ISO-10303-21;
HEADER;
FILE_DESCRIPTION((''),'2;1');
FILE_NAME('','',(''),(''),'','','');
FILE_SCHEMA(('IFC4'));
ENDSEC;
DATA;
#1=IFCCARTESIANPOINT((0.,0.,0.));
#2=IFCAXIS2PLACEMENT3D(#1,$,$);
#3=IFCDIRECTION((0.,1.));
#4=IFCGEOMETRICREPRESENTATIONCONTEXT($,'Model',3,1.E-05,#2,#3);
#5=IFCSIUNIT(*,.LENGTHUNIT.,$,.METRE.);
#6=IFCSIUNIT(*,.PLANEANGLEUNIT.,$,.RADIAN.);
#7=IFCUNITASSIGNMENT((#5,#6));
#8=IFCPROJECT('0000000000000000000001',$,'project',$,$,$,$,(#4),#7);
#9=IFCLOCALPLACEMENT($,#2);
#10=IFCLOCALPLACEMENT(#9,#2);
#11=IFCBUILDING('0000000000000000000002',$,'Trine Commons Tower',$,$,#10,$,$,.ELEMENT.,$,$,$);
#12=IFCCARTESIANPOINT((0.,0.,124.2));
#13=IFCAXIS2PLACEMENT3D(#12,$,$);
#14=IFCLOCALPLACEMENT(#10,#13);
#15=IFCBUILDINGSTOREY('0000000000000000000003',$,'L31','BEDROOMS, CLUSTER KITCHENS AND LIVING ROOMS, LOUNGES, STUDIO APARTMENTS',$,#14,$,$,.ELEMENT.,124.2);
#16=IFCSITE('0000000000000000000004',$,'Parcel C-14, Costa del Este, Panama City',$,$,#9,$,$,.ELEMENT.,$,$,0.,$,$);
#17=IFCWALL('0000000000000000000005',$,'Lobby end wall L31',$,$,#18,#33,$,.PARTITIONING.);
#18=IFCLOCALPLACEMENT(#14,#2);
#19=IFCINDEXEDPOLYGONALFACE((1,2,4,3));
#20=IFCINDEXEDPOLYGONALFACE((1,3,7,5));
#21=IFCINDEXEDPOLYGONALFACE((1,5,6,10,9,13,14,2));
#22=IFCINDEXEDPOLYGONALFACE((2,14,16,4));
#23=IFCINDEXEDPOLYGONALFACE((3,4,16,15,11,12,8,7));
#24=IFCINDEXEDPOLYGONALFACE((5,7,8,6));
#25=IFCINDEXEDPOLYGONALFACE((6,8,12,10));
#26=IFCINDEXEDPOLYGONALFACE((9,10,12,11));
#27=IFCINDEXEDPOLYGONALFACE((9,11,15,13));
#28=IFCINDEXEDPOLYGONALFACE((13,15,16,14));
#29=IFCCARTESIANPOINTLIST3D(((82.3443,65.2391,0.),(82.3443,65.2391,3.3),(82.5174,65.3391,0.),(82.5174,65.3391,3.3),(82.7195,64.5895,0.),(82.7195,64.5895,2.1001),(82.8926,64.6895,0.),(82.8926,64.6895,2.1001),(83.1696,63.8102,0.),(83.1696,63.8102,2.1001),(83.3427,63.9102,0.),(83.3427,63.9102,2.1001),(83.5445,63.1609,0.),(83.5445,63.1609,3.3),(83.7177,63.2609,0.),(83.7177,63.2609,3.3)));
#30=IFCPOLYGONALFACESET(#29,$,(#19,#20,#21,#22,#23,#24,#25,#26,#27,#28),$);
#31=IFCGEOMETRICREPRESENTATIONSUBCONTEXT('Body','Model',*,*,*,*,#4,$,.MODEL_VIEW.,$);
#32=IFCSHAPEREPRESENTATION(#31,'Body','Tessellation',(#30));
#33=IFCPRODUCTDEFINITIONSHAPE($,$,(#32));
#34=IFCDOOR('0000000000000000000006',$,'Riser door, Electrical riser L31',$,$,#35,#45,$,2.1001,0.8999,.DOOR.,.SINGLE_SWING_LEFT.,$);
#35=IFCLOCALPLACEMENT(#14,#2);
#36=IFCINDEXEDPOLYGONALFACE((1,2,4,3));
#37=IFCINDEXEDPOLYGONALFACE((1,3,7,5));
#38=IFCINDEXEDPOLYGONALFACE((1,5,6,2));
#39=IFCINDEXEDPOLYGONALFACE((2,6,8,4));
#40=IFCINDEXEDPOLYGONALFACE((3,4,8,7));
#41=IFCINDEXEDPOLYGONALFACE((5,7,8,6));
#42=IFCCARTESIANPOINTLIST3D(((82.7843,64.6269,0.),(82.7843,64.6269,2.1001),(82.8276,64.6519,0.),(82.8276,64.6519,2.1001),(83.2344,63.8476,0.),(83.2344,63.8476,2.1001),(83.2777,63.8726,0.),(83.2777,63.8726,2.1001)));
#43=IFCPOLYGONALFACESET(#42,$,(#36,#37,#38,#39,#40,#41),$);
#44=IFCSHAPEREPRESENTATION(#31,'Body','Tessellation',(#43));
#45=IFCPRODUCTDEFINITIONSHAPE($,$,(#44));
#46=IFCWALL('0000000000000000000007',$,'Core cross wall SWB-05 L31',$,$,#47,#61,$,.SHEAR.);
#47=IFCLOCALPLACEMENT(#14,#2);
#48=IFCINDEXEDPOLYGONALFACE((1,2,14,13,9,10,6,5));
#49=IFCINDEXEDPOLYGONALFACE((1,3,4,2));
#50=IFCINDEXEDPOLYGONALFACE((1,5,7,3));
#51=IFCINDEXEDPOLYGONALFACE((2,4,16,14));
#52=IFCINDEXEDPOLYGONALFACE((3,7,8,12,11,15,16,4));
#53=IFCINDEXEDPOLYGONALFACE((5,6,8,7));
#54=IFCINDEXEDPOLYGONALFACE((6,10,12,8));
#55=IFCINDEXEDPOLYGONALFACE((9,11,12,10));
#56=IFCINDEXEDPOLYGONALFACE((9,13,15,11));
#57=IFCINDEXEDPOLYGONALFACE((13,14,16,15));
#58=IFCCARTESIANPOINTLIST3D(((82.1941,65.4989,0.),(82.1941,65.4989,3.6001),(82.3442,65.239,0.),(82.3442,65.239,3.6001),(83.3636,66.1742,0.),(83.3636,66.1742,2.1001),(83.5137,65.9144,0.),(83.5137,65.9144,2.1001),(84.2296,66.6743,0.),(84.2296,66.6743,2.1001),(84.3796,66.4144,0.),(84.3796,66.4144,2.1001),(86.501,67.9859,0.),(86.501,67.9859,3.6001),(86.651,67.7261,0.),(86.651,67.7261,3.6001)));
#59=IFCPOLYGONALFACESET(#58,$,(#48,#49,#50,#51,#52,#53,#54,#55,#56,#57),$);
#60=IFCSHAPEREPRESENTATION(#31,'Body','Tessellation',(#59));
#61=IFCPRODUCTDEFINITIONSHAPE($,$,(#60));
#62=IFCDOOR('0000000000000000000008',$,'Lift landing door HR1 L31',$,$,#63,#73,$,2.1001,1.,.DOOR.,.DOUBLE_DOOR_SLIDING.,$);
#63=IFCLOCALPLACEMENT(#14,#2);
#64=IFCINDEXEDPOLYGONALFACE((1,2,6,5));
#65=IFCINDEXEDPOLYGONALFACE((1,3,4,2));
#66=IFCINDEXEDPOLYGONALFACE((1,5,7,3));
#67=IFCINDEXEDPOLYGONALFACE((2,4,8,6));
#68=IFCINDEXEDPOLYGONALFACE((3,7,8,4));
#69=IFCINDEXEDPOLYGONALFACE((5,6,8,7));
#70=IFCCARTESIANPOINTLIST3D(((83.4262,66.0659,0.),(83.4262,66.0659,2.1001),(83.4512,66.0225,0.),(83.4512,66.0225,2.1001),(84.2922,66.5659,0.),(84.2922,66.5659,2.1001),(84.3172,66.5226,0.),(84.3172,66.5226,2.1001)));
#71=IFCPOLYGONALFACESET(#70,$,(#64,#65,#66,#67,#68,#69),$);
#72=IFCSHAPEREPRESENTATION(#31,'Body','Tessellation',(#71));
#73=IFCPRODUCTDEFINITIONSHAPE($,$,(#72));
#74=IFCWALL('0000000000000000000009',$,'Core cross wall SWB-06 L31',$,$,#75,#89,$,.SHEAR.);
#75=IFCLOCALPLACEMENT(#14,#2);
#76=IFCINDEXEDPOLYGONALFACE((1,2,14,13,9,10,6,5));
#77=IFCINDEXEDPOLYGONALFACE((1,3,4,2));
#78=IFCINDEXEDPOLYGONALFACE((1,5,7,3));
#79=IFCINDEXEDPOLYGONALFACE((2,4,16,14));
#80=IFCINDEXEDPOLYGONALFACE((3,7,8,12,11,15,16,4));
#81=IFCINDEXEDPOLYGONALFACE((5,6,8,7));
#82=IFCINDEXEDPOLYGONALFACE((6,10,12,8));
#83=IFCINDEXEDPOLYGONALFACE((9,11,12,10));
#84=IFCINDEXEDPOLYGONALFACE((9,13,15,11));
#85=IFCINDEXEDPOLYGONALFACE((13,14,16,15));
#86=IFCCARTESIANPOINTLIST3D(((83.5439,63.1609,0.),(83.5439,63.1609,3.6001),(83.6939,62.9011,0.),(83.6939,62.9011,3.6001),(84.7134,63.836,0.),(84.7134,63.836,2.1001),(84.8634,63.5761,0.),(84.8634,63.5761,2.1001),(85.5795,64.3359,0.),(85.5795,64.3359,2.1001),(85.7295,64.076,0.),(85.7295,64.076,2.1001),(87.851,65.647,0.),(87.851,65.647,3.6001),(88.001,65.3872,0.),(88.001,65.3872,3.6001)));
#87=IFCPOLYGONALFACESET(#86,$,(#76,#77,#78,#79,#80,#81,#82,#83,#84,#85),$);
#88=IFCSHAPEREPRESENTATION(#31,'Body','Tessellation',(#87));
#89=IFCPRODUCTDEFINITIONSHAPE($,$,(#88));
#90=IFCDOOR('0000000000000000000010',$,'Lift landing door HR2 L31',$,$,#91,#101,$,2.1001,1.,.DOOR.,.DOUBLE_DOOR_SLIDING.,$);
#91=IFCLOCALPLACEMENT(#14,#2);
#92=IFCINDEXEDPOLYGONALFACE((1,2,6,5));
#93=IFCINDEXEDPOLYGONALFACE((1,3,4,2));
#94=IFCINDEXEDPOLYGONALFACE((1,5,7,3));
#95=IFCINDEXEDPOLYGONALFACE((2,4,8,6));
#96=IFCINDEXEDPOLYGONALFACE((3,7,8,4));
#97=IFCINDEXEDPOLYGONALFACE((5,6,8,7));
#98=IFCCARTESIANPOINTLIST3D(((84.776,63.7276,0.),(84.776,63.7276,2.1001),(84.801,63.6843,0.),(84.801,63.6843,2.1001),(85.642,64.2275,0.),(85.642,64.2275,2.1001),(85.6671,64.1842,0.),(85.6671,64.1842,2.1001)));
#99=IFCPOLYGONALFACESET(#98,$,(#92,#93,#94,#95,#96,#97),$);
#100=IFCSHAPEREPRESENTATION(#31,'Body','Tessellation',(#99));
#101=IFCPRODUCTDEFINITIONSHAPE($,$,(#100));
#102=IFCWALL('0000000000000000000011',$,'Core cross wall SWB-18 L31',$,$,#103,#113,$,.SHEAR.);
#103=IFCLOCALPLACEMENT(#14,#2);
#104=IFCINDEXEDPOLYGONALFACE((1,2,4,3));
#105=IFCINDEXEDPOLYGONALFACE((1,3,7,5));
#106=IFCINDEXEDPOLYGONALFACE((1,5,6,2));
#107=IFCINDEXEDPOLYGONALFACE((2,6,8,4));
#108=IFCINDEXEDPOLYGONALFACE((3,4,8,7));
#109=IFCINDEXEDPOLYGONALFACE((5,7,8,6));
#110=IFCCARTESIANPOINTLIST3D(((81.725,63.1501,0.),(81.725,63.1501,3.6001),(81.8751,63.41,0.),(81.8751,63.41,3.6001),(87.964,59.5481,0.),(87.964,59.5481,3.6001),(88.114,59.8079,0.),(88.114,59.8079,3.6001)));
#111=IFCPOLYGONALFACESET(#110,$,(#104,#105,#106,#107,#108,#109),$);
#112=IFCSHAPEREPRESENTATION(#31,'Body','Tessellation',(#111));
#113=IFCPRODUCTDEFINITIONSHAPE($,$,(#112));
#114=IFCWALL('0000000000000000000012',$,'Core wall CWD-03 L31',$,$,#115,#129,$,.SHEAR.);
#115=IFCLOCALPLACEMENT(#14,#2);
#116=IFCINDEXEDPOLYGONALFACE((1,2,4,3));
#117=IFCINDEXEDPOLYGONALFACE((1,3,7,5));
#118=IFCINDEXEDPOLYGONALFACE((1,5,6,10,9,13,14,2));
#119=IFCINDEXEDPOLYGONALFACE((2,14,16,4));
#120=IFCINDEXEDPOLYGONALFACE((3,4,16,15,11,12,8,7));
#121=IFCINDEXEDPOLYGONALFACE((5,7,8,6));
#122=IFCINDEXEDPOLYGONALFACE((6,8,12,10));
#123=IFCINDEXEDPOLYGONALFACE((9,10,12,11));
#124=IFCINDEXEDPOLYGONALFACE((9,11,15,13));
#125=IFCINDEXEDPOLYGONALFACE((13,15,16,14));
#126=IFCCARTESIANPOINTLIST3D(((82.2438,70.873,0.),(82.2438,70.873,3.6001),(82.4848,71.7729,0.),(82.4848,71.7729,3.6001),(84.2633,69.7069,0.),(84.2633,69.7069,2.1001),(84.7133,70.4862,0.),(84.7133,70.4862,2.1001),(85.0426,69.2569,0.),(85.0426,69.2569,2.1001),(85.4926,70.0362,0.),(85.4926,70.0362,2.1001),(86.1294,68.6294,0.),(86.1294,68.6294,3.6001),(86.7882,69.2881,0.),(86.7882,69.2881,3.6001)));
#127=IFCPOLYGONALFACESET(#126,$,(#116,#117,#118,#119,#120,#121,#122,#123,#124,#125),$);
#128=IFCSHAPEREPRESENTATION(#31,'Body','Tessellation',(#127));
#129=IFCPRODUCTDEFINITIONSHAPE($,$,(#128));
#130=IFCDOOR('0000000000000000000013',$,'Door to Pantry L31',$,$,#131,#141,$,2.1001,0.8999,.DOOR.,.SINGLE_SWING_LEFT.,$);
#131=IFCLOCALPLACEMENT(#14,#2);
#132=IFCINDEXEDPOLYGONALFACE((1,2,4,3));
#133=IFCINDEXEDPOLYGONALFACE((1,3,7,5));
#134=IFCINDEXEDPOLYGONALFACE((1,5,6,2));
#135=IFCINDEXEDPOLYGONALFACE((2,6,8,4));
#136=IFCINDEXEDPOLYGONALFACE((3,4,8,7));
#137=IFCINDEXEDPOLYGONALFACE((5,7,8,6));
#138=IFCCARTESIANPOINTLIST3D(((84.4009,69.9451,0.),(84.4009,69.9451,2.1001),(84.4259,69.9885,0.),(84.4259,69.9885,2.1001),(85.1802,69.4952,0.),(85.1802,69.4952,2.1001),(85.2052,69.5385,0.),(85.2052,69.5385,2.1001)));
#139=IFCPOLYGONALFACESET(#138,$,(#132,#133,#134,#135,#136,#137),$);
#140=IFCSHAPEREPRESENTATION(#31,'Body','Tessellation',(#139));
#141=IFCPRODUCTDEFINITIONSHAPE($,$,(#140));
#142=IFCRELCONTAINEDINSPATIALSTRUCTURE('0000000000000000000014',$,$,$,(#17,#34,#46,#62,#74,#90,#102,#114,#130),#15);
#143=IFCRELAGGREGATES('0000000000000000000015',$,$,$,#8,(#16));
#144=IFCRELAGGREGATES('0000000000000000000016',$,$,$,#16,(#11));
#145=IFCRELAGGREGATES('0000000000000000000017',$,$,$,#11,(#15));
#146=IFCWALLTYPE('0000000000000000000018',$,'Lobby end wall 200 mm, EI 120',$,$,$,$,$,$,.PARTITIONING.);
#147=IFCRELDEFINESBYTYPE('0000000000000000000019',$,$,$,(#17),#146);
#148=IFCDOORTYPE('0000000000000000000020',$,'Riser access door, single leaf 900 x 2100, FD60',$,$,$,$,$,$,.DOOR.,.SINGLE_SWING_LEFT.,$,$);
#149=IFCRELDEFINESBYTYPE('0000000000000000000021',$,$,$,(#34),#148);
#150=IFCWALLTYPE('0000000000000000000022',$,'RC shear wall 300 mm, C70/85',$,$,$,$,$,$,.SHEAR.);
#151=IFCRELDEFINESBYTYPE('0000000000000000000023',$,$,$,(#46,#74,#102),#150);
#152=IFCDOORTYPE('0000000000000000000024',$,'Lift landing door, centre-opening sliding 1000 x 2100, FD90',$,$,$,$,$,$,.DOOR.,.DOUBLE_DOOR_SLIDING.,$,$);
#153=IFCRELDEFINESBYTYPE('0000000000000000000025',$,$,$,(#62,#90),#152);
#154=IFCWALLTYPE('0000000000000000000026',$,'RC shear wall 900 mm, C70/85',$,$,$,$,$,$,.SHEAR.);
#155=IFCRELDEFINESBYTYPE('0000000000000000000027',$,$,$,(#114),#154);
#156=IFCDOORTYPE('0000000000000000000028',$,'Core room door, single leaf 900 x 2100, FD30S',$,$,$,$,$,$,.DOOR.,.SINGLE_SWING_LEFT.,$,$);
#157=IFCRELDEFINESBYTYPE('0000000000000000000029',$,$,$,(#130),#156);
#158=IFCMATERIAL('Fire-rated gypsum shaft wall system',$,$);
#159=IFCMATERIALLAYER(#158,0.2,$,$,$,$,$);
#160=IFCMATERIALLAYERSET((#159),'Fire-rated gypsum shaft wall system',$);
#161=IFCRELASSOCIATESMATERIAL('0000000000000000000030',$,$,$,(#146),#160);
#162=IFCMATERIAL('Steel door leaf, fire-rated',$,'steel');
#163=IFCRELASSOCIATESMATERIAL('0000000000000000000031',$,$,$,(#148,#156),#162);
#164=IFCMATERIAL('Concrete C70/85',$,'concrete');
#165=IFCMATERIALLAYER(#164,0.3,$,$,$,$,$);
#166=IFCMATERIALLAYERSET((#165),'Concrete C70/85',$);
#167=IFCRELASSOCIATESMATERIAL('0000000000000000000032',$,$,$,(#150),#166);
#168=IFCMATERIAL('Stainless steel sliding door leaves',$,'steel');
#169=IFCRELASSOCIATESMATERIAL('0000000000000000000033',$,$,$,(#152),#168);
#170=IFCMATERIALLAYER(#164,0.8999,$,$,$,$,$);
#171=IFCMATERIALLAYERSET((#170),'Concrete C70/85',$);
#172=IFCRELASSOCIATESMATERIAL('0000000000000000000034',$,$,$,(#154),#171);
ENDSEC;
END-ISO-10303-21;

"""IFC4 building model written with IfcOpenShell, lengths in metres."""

from ifc_helpers import new_model, si_unit, direction, frame, frame_2d, origin, place, context, subcontext, project, spatial, polyline, rectangle, outline, extrude, material, layer, layer_set, type_object, element, fill, save


model = new_model("IFC4")

# Units and contexts
model_context = context("Model", 3, precision=1e-05, world=origin(), true_north=direction((0.0, 1.0)))
body_context = subcontext(model_context, "Body", "Model", "MODEL_VIEW")
ifc_project = project(units=[si_unit("LENGTHUNIT", "METRE"), si_unit("PLANEANGLEUNIT", "RADIAN")], contexts=[model_context])

# Site, building, storey
site_placement = place(None, origin())
site = spatial("IfcSite", under=ifc_project, at=site_placement, Name="Parcel C-14, Costa del Este, Panama City", CompositionType="ELEMENT", RefElevation=0.0)
building_placement = place(site_placement, origin())
building = spatial("IfcBuilding", under=site, at=building_placement, Name="Trine Commons Tower", CompositionType="ELEMENT")
storey_placement = place(building_placement, frame((0.0, 0.0, 124.2)))
storey = spatial("IfcBuildingStorey", under=building, at=storey_placement, Name="L31", Description="BEDROOMS, CLUSTER KITCHENS AND LIVING ROOMS, LOUNGES, STUDIO APARTMENTS", CompositionType="ELEMENT", Elevation=124.2)

# Walls, openings, doors
ifc_material_1 = material(Name="Fire-rated gypsum shaft wall system")
ifc_layer_1 = layer(ifc_material_1, 0.2)
ifc_layer_set_1 = layer_set([ifc_layer_1], Name="Fire-rated gypsum shaft wall system")
wall_type_1 = type_object("IfcWallType", Name="Lobby end wall 200 mm, EI 120", PredefinedType="PARTITIONING", material=ifc_layer_set_1)
wall_1_placement = place(storey_placement, frame((83.6311, 63.2109, 0.0), z_axis=(0.0, 0.0, 1.0), x_axis=(-0.500122, 0.865955, 0.0)))
wall_1 = element("IfcWall", 1, at=wall_1_placement, inside=storey, type_object=wall_type_1, Name="Lobby end wall L31", PredefinedType="PARTITIONING", context=body_context, shape_type="SweptSolid", body=[
    extrude(rectangle(XDim=2.3999, YDim=0.2, at=frame_2d((1.2, 0.0))), origin(), (0.0, 0.0, 1.0), 3.3),
])
opening_1_placement = place(wall_1_placement, frame((0.7498, 0.0, 0.0)))
opening_1 = element("IfcOpeningElement", 2, at=opening_1_placement, cuts=wall_1, PredefinedType="OPENING", context=body_context, shape_type="SweptSolid", body=[
    extrude(rectangle(XDim=0.8999, YDim=2.1001, at=frame_2d((0.45, 1.05))), frame((0.0, 0.1099, 0.0), z_axis=(0.0, -1.0, 0.0), x_axis=(1.0, 0.0, 0.0)), (0.0, 0.0, 1.0), 0.22),
])
ifc_material_2 = material(Name="Steel door leaf, fire-rated", Category="steel")
door_type_1 = type_object("IfcDoorType", Name="Riser access door, single leaf 900 x 2100, FD60", OperationType="SINGLE_SWING_LEFT", PredefinedType="DOOR", material=ifc_material_2)
door_1_placement = place(opening_1_placement, frame((0.8999, 0.0, 0.0), z_axis=(0.0, 0.0, 1.0), x_axis=(-1.0, 0.0, 0.0)))
door_1 = element("IfcDoor", 3, at=door_1_placement, inside=storey, type_object=door_type_1, Name="Riser door, Electrical riser L31", OperationType="SINGLE_SWING_LEFT", OverallHeight=2.1001, OverallWidth=0.8999, PredefinedType="DOOR", context=body_context, shape_type="SweptSolid", body=[
    extrude(rectangle(XDim=0.8999, YDim=2.1001, at=frame_2d((0.45, 1.05))), frame((0.0, 0.0249, 0.0), z_axis=(0.0, -1.0, 0.0), x_axis=(1.0, 0.0, 0.0)), (0.0, 0.0, 1.0), 0.05),
])
fill(opening_1, door_1)
ifc_material_3 = material(Name="Concrete C70/85", Category="concrete")
ifc_layer_2 = layer(ifc_material_3, 0.3)
ifc_layer_set_2 = layer_set([ifc_layer_2], Name="Concrete C70/85")
wall_type_2 = type_object("IfcWallType", Name="RC shear wall 300 mm, C70/85", PredefinedType="SHEAR", material=ifc_layer_set_2)
wall_2_placement = place(storey_placement, frame((82.269, 65.3689, 0.0), z_axis=(0.0, 0.0, 1.0), x_axis=(0.865984, 0.500072, 0.0)))
wall_2 = element("IfcWall", 4, at=wall_2_placement, inside=storey, type_object=wall_type_2, Name="Core cross wall SWB-05 L31", PredefinedType="SHEAR", context=body_context, shape_type="SweptSolid", body=[
    extrude(rectangle(XDim=4.9734, YDim=0.3, at=frame_2d((2.4868, 0.0))), origin(), (0.0, 0.0, 1.0), 3.6001),
])
opening_2_placement = place(wall_2_placement, frame((1.3506, 0.0, 0.0)))
opening_2 = element("IfcOpeningElement", 5, at=opening_2_placement, cuts=wall_2, PredefinedType="OPENING", context=body_context, shape_type="SweptSolid", body=[
    extrude(rectangle(XDim=1.0, YDim=2.1001, at=frame_2d((0.5, 1.05))), frame((0.0, 0.1599, 0.0), z_axis=(0.0, -1.0, 0.0), x_axis=(1.0, 0.0, 0.0)), (0.0, 0.0, 1.0), 0.3201),
])
ifc_material_4 = material(Name="Stainless steel sliding door leaves", Category="steel")
door_type_2 = type_object("IfcDoorType", Name="Lift landing door, centre-opening sliding 1000 x 2100, FD90", OperationType="DOUBLE_DOOR_SLIDING", PredefinedType="DOOR", material=ifc_material_4)
door_2_placement = place(opening_2_placement, origin())
door_2 = element("IfcDoor", 6, at=door_2_placement, inside=storey, type_object=door_type_2, Name="Lift landing door HR1 L31", OperationType="DOUBLE_DOOR_SLIDING", OverallHeight=2.1001, OverallWidth=1.0, PredefinedType="DOOR", context=body_context, shape_type="SweptSolid", body=[
    extrude(rectangle(XDim=1.0, YDim=2.1001, at=frame_2d((0.5, 1.05))), frame((0.0, 0.0249, 0.0), z_axis=(0.0, -1.0, 0.0), x_axis=(1.0, 0.0, 0.0)), (0.0, 0.0, 1.0), 0.05),
])
fill(opening_2, door_2)
wall_3_placement = place(storey_placement, frame((83.6189, 63.031, 0.0), z_axis=(0.0, 0.0, 1.0), x_axis=(0.866081, 0.499904, 0.0)))
wall_3 = element("IfcWall", 7, at=wall_3_placement, inside=storey, type_object=wall_type_2, Name="Core cross wall SWB-06 L31", PredefinedType="SHEAR", context=body_context, shape_type="SweptSolid", body=[
    extrude(rectangle(XDim=4.9731, YDim=0.3, at=frame_2d((2.4866, 0.0))), origin(), (0.0, 0.0, 1.0), 3.6001),
])
opening_3_placement = place(wall_3_placement, frame((1.3503, 0.0, 0.0)))
opening_3 = element("IfcOpeningElement", 8, at=opening_3_placement, cuts=wall_3, PredefinedType="OPENING", context=body_context, shape_type="SweptSolid", body=[
    extrude(rectangle(XDim=1.0, YDim=2.1001, at=frame_2d((0.5, 1.05))), frame((0.0, 0.1599, 0.0), z_axis=(0.0, -1.0, 0.0), x_axis=(1.0, 0.0, 0.0)), (0.0, 0.0, 1.0), 0.3201),
])
door_3_placement = place(opening_3_placement, origin())
door_3 = element("IfcDoor", 9, at=door_3_placement, inside=storey, type_object=door_type_2, Name="Lift landing door HR2 L31", OperationType="DOUBLE_DOOR_SLIDING", OverallHeight=2.1001, OverallWidth=1.0, PredefinedType="DOOR", context=body_context, shape_type="SweptSolid", body=[
    extrude(rectangle(XDim=1.0, YDim=2.1001, at=frame_2d((0.5, 1.05))), frame((0.0, 0.0249, 0.0), z_axis=(0.0, -1.0, 0.0), x_axis=(1.0, 0.0, 0.0)), (0.0, 0.0, 1.0), 0.05),
])
fill(opening_3, door_3)

# Wall
wall_4_placement = place(storey_placement, frame((81.8, 63.28, 0.0), z_axis=(0.0, 0.0, 1.0), x_axis=(0.866028, -0.499995, 0.0)))
element("IfcWall", 10, at=wall_4_placement, inside=storey, type_object=wall_type_2, Name="Core cross wall SWB-18 L31", PredefinedType="SHEAR", context=body_context, shape_type="SweptSolid", body=[
    extrude(rectangle(XDim=7.2041, YDim=0.3, at=frame_2d((3.6021, 0.0))), origin(), (0.0, 0.0, 1.0), 3.6001),
])

# Wall, opening, door
ifc_layer_3 = layer(ifc_material_3, 0.8999)
ifc_layer_set_3 = layer_set([ifc_layer_3], Name="Concrete C70/85")
wall_type_3 = type_object("IfcWallType", Name="RC shear wall 900 mm, C70/85", PredefinedType="SHEAR", material=ifc_layer_set_3)
wall_5_placement = place(storey_placement, frame((86.5632, 68.8984, 0.0), z_axis=(0.0, 0.0, 1.0), x_axis=(-0.866003, 0.500039, 0.0)))
wall_5 = element("IfcWall", 11, at=wall_5_placement, inside=storey, type_object=wall_type_3, Name="Core wall CWD-03 L31", PredefinedType="SHEAR", context=body_context, shape_type="SweptSolid", body=[
    extrude(outline(polyline([(0.0, -0.45), (4.9692, -0.45), (4.728, 0.45), (0.2412, 0.45), (0.0, -0.45)])), origin(), (0.0, 0.0, 1.0), 3.6001),
])
opening_4_placement = place(wall_5_placement, frame((1.4961, 0.0, 0.0)))
opening_4 = element("IfcOpeningElement", 12, at=opening_4_placement, cuts=wall_5, PredefinedType="OPENING", context=body_context, shape_type="SweptSolid", body=[
    extrude(rectangle(XDim=0.8999, YDim=2.1001, at=frame_2d((0.45, 1.05))), frame((0.0, 0.46, 0.0), z_axis=(0.0, -1.0, 0.0), x_axis=(1.0, 0.0, 0.0)), (0.0, 0.0, 1.0), 0.9199),
])
door_type_3 = type_object("IfcDoorType", Name="Core room door, single leaf 900 x 2100, FD30S", OperationType="SINGLE_SWING_LEFT", PredefinedType="DOOR", material=ifc_material_2)
door_4_placement = place(opening_4_placement, origin())
door_4 = element("IfcDoor", 13, at=door_4_placement, inside=storey, type_object=door_type_3, Name="Door to Pantry L31", OperationType="SINGLE_SWING_LEFT", OverallHeight=2.1001, OverallWidth=0.8999, PredefinedType="DOOR", context=body_context, shape_type="SweptSolid", body=[
    extrude(rectangle(XDim=0.8999, YDim=2.1001, at=frame_2d((0.45, 1.05))), frame((0.0, 0.1748, 0.0), z_axis=(0.0, -1.0, 0.0), x_axis=(1.0, 0.0, 0.0)), (0.0, 0.0, 1.0), 0.05),
])
fill(opening_4, door_4)

save(model, "model.ifc")
